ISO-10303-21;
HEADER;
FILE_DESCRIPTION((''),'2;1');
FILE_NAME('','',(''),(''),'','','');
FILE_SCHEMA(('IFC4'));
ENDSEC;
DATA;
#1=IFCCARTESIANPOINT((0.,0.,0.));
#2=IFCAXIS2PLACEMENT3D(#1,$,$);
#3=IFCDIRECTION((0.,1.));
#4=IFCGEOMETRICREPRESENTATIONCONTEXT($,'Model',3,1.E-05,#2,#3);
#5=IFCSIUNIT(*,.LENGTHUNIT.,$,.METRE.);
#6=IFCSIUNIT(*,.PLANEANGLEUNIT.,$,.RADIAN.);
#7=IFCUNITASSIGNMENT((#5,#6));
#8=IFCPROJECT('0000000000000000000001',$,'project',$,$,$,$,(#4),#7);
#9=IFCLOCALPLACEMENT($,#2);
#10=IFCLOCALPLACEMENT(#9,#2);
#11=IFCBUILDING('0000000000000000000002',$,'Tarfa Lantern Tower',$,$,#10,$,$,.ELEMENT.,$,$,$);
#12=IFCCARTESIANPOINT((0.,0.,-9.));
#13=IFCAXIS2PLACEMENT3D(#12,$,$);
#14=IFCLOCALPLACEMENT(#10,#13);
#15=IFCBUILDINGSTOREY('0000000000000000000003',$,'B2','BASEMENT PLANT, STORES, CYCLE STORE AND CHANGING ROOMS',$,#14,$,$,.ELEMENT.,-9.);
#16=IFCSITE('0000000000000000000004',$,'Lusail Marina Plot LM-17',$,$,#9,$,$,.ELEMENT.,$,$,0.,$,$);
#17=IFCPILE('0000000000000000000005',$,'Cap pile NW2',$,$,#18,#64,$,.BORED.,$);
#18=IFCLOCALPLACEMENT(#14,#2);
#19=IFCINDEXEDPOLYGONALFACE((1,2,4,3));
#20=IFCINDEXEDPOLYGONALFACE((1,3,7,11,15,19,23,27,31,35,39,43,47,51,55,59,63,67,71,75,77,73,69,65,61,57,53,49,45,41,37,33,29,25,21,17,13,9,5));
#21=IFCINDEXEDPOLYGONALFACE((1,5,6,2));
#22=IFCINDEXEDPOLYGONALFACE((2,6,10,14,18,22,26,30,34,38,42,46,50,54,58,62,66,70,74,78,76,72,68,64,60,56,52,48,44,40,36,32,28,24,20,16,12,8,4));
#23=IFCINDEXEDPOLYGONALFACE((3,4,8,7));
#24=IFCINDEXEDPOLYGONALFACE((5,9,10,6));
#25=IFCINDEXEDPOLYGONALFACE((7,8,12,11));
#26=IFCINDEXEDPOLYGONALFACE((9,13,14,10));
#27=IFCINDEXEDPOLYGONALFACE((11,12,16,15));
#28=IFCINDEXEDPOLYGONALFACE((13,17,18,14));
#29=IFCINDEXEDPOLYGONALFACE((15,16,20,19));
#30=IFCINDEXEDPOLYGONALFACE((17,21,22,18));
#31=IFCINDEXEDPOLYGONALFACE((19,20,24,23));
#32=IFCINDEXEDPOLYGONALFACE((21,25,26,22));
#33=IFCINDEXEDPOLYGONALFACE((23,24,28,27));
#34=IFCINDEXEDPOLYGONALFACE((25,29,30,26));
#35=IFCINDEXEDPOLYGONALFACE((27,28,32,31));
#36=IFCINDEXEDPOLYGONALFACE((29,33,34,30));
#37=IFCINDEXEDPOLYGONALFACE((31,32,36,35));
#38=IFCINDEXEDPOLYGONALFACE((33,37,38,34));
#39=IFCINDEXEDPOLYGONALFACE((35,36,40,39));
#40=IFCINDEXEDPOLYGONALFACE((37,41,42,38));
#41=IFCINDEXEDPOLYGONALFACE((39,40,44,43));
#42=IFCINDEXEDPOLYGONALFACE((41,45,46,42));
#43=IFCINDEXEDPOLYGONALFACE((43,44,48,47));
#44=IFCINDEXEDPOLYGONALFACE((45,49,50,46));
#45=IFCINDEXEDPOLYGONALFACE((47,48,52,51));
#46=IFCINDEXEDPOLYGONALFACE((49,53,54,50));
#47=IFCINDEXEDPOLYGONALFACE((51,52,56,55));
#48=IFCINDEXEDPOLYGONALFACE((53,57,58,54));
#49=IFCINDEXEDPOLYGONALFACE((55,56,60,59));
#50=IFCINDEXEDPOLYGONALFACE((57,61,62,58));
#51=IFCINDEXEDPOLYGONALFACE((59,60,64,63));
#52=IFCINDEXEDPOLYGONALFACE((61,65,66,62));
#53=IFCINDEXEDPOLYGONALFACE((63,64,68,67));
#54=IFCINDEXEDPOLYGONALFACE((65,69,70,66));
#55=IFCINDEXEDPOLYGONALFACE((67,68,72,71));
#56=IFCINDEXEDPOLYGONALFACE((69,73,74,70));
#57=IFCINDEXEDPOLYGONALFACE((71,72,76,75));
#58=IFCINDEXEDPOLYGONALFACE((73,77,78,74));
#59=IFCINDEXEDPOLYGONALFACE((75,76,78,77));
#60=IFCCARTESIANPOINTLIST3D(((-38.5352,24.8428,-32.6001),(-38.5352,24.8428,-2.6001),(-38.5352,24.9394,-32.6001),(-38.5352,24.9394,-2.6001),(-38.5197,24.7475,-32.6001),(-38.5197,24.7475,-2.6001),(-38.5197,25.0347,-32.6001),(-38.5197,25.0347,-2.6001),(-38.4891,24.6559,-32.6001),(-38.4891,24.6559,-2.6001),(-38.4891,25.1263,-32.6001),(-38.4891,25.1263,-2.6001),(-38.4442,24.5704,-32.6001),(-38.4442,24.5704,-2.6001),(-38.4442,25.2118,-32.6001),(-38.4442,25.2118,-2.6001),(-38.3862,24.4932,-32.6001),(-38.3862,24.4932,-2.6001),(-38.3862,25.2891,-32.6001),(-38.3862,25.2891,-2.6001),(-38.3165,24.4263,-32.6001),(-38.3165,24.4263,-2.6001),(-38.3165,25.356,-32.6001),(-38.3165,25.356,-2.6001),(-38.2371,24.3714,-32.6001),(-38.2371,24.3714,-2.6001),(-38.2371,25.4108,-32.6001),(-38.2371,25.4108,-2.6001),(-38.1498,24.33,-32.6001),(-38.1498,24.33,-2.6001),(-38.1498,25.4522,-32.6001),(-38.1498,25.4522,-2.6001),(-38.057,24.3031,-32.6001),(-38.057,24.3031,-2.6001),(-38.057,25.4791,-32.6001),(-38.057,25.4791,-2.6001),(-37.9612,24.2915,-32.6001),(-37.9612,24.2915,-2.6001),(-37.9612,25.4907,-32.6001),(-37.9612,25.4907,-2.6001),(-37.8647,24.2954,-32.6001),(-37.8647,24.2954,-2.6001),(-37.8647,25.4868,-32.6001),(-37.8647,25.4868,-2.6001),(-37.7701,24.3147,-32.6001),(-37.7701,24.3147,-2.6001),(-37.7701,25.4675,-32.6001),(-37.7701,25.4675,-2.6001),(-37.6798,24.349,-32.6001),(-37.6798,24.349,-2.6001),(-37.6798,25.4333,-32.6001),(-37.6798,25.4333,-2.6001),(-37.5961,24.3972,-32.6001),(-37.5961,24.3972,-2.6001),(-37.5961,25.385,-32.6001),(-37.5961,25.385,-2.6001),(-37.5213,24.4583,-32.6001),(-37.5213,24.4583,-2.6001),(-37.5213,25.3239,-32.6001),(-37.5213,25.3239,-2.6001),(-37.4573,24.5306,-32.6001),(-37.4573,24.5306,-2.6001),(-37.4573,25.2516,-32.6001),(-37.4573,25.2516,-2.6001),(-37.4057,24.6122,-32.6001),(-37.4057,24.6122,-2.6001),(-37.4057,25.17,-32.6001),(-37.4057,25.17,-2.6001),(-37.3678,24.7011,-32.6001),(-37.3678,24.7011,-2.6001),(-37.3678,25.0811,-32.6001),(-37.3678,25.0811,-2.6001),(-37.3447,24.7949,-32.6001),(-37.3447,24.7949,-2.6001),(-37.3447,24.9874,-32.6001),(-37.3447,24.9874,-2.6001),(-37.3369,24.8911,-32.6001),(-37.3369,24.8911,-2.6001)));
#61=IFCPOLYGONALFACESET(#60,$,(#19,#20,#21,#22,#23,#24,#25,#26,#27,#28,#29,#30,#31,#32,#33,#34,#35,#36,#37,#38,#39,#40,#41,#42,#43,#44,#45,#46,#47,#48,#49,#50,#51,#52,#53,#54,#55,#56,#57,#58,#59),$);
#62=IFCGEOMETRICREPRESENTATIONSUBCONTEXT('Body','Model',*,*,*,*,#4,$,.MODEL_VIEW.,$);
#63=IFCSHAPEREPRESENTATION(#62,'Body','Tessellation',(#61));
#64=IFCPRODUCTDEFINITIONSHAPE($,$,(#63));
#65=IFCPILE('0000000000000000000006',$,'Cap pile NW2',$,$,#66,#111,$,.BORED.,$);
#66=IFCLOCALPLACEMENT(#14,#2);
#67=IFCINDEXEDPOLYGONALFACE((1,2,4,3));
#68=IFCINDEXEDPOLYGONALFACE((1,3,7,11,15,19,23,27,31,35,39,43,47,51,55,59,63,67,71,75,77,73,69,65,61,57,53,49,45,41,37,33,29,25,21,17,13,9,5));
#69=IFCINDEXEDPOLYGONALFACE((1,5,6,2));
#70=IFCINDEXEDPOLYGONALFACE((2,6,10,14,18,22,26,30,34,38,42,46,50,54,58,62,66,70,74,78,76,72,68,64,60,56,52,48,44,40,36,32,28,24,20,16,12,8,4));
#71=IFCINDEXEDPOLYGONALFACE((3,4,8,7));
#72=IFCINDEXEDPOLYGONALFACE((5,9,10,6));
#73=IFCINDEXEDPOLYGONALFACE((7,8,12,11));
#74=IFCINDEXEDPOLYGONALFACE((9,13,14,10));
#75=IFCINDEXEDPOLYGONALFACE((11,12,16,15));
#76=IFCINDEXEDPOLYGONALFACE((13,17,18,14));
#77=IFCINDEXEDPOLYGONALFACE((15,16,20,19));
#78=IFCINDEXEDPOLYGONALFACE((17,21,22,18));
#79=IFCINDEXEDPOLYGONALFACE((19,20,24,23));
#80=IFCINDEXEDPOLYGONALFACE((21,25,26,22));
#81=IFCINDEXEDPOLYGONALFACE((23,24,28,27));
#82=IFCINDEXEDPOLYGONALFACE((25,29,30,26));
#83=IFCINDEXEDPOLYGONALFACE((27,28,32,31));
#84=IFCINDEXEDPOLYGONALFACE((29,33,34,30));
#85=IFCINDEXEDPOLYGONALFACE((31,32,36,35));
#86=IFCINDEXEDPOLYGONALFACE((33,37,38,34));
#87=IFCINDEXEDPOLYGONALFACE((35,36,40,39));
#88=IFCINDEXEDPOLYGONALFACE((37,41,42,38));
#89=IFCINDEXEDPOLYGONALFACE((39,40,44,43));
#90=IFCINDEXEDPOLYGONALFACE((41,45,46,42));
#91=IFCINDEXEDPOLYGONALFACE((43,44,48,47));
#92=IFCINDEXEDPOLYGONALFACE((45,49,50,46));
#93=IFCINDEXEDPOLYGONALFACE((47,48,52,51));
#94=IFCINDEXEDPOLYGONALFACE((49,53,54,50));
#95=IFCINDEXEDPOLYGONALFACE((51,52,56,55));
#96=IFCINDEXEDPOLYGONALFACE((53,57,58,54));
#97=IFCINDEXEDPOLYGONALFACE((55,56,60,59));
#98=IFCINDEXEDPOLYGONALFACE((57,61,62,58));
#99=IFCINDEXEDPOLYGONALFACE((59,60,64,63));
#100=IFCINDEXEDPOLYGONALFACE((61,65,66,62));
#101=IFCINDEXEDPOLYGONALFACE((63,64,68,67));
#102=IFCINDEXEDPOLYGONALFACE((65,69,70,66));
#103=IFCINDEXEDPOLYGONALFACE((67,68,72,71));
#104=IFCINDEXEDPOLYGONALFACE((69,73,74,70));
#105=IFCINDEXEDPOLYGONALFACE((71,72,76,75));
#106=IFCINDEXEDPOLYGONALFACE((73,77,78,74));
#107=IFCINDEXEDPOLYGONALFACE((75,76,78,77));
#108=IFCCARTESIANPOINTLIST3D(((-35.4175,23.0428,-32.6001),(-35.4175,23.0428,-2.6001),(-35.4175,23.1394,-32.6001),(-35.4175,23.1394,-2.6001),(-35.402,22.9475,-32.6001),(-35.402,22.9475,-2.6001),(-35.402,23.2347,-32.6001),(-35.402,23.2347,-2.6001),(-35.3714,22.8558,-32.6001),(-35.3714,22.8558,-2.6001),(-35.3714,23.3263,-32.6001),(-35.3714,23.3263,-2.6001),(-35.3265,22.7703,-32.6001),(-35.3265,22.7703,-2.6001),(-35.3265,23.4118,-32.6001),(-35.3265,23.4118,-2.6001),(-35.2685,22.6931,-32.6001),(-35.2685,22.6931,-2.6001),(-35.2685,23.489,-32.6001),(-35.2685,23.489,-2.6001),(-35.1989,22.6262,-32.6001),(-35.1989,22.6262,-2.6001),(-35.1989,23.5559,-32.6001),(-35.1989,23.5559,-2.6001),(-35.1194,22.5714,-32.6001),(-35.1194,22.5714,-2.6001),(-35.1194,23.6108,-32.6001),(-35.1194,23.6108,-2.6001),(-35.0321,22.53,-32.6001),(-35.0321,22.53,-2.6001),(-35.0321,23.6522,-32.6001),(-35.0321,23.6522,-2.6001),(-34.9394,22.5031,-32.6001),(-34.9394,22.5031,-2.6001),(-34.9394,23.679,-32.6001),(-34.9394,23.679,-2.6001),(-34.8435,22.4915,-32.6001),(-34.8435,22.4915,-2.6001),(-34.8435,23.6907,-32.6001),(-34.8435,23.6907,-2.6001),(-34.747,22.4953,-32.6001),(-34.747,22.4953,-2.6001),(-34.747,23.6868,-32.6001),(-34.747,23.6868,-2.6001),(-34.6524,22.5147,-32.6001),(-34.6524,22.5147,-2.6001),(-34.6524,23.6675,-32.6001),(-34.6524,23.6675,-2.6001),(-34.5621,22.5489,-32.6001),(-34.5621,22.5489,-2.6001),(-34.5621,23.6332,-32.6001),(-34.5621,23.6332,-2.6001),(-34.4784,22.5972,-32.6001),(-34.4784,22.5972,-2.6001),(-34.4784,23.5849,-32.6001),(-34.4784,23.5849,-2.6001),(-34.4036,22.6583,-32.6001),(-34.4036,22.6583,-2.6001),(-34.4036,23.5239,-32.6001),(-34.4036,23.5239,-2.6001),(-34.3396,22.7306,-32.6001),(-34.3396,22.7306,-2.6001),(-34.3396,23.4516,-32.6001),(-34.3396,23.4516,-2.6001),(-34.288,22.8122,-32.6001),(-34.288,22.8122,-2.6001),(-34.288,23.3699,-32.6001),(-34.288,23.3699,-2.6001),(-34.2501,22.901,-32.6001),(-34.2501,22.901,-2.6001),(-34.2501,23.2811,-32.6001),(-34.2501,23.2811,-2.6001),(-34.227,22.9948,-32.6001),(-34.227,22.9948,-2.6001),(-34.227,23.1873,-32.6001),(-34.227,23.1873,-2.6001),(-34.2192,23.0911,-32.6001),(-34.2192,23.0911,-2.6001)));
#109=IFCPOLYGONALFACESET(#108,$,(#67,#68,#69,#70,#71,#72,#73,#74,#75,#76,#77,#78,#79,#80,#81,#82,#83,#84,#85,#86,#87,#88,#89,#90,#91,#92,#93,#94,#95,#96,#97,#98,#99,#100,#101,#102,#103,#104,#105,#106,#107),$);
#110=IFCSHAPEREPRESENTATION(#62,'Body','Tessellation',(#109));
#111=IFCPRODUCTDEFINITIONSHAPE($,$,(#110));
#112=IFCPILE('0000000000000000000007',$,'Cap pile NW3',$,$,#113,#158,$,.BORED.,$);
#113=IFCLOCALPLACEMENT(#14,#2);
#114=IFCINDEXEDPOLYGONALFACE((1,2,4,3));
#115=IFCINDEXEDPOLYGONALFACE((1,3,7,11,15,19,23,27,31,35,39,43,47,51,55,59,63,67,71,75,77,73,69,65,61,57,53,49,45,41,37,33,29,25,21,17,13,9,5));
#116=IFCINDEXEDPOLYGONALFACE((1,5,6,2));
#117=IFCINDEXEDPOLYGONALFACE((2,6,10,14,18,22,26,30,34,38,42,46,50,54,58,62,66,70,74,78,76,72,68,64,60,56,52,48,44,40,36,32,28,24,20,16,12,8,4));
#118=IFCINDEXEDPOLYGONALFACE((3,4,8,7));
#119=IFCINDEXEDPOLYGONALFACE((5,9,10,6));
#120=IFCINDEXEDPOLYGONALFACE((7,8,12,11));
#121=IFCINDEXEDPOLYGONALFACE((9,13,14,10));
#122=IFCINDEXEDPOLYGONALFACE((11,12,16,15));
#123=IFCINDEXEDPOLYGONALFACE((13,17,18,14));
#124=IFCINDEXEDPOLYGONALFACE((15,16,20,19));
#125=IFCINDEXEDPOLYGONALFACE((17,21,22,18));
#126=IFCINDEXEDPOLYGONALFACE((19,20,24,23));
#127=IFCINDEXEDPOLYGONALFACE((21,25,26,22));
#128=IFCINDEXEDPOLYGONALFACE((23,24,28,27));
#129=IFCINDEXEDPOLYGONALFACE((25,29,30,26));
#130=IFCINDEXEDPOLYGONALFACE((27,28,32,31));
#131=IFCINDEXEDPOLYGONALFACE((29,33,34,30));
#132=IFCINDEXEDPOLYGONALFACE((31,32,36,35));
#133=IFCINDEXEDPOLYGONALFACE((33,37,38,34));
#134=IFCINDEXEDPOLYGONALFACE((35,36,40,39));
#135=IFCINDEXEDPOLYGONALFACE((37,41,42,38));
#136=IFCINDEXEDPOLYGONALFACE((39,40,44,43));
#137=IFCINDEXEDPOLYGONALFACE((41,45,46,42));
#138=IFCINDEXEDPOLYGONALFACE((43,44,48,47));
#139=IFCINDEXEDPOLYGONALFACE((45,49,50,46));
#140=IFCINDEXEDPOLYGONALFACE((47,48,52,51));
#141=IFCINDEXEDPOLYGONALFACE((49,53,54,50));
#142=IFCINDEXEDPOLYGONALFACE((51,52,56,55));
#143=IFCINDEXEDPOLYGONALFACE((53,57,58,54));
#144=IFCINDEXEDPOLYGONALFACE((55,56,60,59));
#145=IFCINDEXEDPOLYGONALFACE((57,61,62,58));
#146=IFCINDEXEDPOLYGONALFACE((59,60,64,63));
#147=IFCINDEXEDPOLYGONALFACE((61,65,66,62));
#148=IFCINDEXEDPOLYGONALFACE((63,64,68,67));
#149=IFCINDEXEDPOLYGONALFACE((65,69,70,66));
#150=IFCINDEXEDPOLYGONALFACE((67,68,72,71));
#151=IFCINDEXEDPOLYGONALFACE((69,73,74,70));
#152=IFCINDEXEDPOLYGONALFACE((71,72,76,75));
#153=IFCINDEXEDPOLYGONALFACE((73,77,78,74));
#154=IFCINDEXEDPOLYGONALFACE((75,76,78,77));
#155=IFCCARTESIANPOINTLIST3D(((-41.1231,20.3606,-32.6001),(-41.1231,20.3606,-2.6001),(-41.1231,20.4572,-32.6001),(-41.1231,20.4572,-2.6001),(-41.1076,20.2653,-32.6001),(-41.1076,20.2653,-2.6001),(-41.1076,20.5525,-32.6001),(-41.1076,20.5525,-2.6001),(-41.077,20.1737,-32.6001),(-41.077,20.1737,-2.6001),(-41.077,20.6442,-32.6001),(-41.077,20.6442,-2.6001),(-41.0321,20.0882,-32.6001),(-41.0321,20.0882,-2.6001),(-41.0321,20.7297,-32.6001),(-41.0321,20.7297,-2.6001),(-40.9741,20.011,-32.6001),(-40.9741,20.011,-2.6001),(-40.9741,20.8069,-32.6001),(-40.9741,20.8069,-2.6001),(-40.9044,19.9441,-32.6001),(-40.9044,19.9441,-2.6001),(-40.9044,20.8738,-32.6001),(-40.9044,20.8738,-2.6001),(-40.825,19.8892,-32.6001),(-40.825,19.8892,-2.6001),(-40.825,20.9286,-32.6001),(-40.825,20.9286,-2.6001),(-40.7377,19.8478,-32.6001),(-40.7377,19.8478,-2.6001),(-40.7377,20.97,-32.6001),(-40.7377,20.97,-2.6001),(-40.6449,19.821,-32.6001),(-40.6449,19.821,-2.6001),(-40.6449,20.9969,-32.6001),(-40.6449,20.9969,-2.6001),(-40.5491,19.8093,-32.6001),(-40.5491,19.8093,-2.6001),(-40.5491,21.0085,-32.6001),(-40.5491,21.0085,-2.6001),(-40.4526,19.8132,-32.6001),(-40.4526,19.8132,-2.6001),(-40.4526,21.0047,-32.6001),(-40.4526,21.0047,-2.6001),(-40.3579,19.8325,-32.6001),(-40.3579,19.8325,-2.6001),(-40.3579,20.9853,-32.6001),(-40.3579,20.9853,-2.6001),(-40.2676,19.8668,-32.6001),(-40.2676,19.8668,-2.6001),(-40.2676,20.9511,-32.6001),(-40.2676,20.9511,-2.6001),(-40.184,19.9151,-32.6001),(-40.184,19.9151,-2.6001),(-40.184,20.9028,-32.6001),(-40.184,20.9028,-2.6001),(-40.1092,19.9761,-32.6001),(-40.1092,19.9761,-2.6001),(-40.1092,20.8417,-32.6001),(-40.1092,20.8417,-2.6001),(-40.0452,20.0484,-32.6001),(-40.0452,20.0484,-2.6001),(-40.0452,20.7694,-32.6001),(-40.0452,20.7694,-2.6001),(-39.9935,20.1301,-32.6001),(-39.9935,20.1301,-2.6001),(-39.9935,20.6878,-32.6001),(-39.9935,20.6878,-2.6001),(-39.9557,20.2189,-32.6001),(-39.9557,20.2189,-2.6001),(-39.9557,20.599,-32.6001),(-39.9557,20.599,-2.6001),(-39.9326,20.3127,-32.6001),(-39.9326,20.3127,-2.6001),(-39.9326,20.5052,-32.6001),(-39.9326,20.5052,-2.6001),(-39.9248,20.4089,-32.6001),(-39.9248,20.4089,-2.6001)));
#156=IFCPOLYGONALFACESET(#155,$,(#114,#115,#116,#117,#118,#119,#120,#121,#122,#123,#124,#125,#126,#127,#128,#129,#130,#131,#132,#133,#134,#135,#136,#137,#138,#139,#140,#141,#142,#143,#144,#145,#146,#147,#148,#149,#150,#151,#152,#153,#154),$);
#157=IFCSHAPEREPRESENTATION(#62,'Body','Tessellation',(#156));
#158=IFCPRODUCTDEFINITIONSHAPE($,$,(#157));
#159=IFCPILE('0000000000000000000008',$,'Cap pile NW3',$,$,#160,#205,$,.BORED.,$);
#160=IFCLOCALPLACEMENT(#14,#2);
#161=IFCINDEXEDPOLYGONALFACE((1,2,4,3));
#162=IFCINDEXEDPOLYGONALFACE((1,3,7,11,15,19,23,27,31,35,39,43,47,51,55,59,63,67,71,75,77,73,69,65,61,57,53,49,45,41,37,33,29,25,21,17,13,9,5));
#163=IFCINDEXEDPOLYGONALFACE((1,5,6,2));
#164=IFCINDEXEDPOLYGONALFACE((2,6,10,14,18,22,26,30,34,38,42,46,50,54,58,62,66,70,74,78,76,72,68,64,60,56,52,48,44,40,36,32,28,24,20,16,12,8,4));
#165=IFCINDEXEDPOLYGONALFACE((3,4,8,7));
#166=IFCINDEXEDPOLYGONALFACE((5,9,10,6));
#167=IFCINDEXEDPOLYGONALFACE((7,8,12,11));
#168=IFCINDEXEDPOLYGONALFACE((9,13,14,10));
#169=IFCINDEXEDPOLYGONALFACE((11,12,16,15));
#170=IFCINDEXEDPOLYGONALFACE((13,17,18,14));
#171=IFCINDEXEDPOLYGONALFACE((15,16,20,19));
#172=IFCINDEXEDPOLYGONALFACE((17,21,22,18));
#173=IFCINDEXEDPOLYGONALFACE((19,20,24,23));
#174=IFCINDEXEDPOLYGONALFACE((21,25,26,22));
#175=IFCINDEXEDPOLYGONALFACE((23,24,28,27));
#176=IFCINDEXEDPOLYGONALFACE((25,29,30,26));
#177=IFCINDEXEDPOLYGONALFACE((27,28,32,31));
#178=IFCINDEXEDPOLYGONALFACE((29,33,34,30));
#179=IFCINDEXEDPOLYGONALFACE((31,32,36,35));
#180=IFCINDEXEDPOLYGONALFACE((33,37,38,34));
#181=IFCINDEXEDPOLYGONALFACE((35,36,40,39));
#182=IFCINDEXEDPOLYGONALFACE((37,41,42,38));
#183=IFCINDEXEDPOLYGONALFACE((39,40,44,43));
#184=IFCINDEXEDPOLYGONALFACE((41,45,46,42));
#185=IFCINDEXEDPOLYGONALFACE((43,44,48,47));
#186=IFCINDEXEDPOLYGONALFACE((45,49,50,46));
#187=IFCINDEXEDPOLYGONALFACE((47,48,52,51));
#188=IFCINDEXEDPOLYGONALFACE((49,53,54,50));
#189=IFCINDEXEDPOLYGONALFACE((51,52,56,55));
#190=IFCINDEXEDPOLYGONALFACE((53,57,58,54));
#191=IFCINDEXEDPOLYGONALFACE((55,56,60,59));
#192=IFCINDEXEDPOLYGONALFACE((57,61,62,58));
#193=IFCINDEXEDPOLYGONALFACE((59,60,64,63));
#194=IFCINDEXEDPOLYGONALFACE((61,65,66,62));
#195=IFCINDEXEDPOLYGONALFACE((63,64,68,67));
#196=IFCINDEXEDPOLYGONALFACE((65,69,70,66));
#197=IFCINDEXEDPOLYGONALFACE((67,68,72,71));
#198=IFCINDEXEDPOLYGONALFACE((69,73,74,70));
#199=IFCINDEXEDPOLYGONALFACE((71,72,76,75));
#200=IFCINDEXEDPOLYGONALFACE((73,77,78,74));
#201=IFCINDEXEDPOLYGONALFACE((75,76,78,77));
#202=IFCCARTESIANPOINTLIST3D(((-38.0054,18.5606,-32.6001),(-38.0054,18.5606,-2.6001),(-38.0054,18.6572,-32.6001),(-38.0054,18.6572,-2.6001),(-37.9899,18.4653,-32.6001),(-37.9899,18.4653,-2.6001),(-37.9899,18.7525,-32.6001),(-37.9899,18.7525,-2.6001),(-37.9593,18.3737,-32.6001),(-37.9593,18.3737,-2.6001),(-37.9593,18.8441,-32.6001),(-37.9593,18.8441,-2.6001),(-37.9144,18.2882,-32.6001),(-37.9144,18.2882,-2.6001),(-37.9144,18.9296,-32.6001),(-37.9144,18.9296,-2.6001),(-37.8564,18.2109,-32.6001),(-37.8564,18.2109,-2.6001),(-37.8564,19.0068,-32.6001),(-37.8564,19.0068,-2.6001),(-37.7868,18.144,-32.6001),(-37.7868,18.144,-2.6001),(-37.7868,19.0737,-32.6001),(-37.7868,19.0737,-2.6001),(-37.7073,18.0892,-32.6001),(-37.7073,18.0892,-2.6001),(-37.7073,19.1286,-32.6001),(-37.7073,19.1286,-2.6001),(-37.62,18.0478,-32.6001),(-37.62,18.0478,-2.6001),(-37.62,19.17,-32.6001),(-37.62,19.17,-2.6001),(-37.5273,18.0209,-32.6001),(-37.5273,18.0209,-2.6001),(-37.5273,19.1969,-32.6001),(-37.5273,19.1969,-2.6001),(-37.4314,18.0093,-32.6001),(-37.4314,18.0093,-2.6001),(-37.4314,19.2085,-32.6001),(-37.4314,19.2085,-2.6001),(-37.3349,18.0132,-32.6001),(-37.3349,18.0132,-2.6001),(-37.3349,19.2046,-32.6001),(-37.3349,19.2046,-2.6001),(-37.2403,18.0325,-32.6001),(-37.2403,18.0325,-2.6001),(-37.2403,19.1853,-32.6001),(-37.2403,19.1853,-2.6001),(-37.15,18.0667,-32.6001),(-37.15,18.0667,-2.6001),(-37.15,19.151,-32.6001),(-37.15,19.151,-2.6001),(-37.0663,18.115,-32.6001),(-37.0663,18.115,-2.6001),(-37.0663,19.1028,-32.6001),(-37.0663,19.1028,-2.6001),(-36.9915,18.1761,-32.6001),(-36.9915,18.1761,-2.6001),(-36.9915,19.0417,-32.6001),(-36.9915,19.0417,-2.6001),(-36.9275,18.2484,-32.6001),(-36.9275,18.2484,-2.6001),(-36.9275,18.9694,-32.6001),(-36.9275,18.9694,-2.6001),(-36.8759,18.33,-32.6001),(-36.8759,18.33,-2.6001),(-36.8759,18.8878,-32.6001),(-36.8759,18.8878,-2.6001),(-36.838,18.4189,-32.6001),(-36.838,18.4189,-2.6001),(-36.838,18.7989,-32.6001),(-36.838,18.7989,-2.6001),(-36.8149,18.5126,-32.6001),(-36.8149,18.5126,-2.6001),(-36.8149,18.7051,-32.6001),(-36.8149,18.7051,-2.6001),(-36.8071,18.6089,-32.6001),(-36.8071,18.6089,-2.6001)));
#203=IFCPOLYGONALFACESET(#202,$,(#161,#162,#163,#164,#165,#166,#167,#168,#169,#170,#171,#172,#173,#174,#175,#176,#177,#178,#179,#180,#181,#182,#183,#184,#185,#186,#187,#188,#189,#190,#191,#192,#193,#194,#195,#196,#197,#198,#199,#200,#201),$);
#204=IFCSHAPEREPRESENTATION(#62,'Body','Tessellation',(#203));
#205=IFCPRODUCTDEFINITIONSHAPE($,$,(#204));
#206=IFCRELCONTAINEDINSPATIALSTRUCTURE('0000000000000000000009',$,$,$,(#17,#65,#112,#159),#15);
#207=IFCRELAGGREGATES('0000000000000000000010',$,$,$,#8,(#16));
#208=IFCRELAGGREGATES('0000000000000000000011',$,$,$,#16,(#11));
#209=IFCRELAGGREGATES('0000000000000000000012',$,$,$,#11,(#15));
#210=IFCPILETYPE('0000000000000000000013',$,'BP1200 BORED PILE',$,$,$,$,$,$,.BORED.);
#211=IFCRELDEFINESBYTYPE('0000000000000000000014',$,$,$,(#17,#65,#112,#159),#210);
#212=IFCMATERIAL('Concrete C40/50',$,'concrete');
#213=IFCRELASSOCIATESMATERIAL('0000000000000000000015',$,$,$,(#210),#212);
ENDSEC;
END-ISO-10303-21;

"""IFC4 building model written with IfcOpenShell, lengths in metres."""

from ifc_helpers import new_model, si_unit, direction, frame, origin, origin_2d, place, context, subcontext, project, spatial, circle, extrude, material, material_profile, profile_set, type_object, element, save


model = new_model("IFC4")

# Units and contexts
model_context = context("Model", 3, precision=1e-05, world=origin(), true_north=direction((0.0, 1.0)))
body_context = subcontext(model_context, "Body", "Model", "MODEL_VIEW")
ifc_project = project(units=[si_unit("LENGTHUNIT", "METRE"), si_unit("PLANEANGLEUNIT", "RADIAN")], contexts=[model_context])

# Site, building, storey
site_placement = place(None, origin())
site = spatial("IfcSite", under=ifc_project, at=site_placement, Name="Lusail Marina Plot LM-17", CompositionType="ELEMENT", RefElevation=0.0)
building_placement = place(site_placement, origin())
building = spatial("IfcBuilding", under=site, at=building_placement, Name="Tarfa Lantern Tower", CompositionType="ELEMENT")
storey_placement = place(building_placement, frame((0.0, 0.0, -9.0)))
storey = spatial("IfcBuildingStorey", under=building, at=storey_placement, Name="B2", Description="BASEMENT PLANT, STORES, CYCLE STORE AND CHANGING ROOMS", CompositionType="ELEMENT", Elevation=-9.0)

# Piles
ifc_material_1 = material(Name="Concrete C40/50", Category="concrete")
ifc_material_profile_1 = material_profile(ifc_material_1, circle(Radius=0.6001, at=origin_2d()), Name="BORED PILE D1200")
ifc_profile_set_1 = profile_set([ifc_material_profile_1], Name="Concrete C40/50")
pile_type_1 = type_object("IfcPileType", Name="BP1200 BORED PILE", PredefinedType="BORED", material=ifc_profile_set_1)
for number, where, z_axis, x_axis, name in (
    (1, (-37.937, 24.8911, -2.6001), (0.0, 0.0, -1.0), (1.0, 0.0, 0.0), "Cap pile NW2"),
    (2, (-34.8193, 23.0911, -2.6001), (0.0, 0.0, -1.0), (1.0, 0.0, 0.0), "Cap pile NW2"),
    (3, (-40.5249, 20.4089, -2.6001), (0.0, 0.0, -1.0), (1.0, 0.0, 0.0), "Cap pile NW3"),
    (4, (-37.4072, 18.6089, -2.6001), (0.0, 0.0, -1.0), (1.0, 0.0, 0.0), "Cap pile NW3"),
):
    element("IfcPile", number, at=place(storey_placement, frame(where, z_axis=z_axis, x_axis=x_axis)), inside=storey, type_object=pile_type_1, Name=name, PredefinedType="BORED", context=body_context, shape_type="SweptSolid", body=[
        extrude(circle(Radius=0.6001, at=origin_2d()), origin(), (0.0, 0.0, 1.0), 30.0),
    ])

save(model, "model.ifc")
